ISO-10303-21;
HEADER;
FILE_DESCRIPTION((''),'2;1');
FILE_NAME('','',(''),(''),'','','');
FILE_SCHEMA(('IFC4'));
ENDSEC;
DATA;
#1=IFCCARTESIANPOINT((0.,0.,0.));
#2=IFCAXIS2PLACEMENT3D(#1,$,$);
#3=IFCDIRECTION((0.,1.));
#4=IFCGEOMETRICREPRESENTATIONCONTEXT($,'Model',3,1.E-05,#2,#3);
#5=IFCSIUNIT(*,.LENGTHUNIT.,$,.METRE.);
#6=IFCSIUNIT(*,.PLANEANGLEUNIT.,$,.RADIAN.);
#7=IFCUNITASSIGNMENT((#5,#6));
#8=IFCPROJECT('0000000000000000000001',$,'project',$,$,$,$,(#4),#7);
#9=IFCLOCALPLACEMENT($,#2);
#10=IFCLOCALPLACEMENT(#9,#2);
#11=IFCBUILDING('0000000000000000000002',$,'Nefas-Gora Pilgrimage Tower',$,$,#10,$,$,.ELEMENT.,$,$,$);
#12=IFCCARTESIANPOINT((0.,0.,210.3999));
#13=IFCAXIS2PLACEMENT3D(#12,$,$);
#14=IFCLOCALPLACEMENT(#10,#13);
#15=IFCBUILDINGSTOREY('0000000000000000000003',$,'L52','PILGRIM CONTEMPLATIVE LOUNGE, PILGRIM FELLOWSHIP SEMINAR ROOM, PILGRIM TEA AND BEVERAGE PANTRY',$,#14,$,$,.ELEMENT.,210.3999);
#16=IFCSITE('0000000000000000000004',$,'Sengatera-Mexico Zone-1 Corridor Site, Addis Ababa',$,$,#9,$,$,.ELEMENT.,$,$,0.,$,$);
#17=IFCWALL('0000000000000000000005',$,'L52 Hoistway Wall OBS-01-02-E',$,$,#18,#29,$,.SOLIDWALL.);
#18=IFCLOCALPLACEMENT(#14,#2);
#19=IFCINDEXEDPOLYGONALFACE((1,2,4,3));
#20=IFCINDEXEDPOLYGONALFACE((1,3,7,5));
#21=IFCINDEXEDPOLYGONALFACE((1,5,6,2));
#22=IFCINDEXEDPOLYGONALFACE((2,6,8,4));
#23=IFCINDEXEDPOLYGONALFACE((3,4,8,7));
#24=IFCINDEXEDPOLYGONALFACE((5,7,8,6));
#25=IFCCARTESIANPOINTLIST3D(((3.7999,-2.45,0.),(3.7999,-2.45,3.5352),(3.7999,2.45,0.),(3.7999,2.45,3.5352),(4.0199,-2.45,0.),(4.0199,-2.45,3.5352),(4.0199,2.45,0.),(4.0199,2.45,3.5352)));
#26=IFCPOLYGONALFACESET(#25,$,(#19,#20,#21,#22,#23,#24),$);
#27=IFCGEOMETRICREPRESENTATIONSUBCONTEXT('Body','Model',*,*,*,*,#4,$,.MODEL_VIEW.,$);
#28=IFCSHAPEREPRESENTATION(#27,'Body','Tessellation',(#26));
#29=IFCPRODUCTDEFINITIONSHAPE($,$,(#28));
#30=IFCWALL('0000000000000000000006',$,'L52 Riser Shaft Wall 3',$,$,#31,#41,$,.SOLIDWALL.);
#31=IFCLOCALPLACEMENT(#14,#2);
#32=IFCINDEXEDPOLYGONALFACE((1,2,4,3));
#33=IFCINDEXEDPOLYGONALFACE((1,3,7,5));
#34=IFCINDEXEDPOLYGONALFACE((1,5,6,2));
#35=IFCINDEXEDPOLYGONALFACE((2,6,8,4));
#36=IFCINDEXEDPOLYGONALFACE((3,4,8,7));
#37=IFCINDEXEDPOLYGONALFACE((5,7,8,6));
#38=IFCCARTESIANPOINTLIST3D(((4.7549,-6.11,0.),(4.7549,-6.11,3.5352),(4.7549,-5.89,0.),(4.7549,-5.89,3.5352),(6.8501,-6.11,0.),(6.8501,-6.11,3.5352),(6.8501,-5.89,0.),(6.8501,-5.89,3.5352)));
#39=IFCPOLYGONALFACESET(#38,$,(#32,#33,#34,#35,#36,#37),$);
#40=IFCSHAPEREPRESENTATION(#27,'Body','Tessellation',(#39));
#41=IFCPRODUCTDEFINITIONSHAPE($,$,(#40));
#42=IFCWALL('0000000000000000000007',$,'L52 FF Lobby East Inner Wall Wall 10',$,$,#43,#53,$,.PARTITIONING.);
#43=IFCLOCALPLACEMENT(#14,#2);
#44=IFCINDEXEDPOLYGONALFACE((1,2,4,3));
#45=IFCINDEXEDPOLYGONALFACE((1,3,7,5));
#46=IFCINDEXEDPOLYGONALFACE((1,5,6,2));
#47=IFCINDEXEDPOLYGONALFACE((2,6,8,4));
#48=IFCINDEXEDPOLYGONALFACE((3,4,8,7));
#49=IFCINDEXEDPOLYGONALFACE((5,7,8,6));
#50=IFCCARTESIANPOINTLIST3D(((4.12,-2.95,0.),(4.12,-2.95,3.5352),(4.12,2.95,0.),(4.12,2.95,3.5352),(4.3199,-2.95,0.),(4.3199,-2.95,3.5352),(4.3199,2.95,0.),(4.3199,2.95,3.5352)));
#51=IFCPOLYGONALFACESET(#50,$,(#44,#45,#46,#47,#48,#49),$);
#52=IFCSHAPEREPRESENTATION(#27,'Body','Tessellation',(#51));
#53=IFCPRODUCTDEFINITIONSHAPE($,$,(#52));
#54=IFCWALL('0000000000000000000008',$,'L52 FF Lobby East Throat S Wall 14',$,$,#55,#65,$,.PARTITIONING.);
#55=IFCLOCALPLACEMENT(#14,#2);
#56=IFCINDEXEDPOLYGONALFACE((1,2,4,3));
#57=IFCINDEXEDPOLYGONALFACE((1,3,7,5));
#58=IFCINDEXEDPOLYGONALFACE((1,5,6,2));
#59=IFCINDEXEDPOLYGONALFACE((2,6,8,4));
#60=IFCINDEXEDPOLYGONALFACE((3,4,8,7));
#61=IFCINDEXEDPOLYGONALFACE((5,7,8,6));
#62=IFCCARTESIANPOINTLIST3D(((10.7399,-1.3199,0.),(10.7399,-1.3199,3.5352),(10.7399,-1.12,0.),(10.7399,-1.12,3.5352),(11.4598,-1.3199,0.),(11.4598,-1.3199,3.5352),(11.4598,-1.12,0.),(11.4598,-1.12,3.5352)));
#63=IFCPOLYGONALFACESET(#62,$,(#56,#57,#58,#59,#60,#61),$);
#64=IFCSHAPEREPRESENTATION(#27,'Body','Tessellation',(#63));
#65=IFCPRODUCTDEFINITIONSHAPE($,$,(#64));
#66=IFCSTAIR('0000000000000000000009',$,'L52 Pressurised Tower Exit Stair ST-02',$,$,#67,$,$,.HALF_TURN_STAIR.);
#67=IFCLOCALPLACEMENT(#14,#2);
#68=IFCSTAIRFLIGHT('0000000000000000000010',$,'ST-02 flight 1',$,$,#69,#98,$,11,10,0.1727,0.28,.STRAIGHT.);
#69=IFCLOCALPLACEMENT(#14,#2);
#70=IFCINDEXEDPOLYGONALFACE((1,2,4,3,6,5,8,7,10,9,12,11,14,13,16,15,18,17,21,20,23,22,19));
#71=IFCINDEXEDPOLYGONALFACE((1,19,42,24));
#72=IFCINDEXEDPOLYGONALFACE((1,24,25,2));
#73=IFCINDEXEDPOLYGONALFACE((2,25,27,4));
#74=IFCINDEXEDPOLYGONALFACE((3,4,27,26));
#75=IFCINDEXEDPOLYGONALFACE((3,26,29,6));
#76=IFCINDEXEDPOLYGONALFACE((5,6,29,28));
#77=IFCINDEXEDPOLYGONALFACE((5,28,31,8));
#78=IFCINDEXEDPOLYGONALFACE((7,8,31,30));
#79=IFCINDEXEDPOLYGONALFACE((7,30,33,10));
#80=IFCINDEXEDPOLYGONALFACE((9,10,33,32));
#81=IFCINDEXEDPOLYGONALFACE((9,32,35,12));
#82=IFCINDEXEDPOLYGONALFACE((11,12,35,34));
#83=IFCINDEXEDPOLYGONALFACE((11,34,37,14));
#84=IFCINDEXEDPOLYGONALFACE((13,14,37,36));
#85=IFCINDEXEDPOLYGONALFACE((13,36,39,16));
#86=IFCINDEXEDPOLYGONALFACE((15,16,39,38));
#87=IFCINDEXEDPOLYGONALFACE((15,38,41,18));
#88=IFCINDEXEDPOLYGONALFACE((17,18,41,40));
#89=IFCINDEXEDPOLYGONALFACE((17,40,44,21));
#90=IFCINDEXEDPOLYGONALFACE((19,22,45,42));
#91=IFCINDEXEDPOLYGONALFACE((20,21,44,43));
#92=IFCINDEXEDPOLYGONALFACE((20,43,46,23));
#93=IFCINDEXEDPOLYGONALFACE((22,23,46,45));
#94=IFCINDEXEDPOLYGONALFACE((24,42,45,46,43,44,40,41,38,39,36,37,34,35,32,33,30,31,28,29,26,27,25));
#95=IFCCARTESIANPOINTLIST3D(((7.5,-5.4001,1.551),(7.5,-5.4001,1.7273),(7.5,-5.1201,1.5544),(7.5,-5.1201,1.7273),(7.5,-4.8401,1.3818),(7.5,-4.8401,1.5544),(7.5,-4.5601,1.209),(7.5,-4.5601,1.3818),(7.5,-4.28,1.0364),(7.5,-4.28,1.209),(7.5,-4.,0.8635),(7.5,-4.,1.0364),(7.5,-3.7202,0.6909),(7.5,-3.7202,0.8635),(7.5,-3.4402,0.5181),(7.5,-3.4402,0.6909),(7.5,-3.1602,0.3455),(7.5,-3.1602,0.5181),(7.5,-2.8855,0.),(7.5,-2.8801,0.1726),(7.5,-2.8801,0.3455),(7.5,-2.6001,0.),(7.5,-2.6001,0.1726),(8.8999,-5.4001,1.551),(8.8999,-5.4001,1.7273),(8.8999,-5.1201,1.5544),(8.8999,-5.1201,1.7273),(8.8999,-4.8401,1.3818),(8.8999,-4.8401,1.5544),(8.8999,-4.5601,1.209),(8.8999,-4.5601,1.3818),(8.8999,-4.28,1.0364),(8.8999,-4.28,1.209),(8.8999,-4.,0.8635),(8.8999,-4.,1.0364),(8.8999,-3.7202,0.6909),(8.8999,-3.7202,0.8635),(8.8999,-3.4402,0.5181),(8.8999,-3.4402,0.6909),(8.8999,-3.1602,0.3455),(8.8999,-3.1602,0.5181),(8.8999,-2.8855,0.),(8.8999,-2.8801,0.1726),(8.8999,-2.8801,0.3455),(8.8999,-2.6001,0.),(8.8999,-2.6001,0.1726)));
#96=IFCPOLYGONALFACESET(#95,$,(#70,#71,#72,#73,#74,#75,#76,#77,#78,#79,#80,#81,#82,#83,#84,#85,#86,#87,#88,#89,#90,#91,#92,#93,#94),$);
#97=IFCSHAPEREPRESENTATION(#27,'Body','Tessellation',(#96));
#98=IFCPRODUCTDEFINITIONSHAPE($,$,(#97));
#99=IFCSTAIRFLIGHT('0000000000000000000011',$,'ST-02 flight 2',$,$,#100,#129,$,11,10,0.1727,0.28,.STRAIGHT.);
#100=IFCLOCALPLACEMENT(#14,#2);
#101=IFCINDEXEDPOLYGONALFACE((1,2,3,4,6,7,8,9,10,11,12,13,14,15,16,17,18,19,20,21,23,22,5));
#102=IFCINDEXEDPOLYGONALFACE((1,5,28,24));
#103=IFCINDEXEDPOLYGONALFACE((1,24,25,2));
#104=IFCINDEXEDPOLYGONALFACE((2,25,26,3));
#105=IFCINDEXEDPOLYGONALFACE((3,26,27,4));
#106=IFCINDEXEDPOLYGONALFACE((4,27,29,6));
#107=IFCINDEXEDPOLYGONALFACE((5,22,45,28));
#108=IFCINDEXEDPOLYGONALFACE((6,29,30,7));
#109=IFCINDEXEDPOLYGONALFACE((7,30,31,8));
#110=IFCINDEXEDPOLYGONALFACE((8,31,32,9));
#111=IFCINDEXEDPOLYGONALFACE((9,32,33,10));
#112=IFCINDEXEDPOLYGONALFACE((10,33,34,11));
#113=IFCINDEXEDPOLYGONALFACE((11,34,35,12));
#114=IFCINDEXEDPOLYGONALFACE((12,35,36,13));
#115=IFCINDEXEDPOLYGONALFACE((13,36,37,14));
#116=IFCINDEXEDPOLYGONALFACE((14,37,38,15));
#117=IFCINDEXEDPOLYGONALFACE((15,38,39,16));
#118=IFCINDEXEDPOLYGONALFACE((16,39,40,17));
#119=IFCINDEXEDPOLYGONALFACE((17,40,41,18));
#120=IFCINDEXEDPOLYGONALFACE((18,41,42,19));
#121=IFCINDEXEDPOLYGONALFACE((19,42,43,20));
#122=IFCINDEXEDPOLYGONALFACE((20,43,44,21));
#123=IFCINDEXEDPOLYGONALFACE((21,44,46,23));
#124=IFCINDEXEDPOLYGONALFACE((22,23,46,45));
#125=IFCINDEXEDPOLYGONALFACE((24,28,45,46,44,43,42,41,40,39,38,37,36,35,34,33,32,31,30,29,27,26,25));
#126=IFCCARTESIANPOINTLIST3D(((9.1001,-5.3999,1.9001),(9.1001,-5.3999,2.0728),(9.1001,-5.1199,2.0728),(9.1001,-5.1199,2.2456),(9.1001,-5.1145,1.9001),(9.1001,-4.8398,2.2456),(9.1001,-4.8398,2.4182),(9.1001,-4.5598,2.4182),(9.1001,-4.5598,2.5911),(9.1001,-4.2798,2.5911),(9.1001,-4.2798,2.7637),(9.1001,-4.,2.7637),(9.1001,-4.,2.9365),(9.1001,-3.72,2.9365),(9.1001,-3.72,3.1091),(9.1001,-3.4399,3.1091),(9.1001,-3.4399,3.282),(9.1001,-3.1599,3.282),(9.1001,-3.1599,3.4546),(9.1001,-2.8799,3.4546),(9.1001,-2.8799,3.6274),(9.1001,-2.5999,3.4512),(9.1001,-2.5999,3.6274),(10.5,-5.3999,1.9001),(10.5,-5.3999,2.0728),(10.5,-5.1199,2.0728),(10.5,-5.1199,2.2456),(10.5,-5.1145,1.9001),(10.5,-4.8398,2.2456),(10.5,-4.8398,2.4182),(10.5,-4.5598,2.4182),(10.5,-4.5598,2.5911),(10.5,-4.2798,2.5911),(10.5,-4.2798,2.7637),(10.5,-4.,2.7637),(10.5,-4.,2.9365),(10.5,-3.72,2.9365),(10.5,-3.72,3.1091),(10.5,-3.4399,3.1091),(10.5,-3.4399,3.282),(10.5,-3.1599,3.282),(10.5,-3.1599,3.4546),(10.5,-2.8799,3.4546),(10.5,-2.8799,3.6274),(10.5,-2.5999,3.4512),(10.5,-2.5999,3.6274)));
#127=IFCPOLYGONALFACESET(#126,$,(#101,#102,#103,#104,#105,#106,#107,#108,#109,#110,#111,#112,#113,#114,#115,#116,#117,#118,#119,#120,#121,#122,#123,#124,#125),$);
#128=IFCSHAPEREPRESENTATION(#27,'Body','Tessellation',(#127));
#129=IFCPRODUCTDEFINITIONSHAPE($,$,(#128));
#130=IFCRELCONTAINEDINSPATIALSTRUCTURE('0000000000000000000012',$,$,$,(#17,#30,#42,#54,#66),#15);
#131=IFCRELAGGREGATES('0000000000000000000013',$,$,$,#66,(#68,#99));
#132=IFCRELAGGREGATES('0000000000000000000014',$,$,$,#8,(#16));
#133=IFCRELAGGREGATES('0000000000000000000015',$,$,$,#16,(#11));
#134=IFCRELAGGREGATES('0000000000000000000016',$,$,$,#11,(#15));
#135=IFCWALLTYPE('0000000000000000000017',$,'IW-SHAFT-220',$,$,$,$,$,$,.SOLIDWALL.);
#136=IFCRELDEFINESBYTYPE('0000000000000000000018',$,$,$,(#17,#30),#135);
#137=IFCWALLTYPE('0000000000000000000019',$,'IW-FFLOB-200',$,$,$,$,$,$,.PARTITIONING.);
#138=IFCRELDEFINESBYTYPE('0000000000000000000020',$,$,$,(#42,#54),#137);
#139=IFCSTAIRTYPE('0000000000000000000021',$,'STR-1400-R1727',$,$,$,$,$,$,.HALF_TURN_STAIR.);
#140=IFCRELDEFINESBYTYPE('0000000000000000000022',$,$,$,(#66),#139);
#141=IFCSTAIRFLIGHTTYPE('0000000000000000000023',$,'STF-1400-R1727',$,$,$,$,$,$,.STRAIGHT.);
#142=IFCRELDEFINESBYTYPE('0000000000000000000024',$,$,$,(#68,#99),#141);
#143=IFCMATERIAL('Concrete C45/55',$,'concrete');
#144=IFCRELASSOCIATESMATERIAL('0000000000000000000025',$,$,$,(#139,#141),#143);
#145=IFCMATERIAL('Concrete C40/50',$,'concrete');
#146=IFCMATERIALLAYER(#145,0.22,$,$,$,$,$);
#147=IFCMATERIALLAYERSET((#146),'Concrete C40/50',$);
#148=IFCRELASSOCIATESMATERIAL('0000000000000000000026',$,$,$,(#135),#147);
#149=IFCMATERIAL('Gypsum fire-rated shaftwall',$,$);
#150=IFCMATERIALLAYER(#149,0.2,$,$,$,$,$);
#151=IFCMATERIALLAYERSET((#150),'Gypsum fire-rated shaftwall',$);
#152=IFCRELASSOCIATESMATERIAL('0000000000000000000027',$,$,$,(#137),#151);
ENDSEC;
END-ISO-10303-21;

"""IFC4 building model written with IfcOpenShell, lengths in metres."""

from ifc_helpers import new_model, si_unit, direction, frame, frame_2d, origin, place, context, subcontext, project, spatial, polyline, rectangle, outline, extrude, source, transform, mapped, material, layer, layer_set, type_object, element, aggregate, save


model = new_model("IFC4")

# Units and contexts
model_context = context("Model", 3, precision=1e-05, world=origin(), true_north=direction((0.0, 1.0)))
body_context = subcontext(model_context, "Body", "Model", "MODEL_VIEW")
ifc_project = project(units=[si_unit("LENGTHUNIT", "METRE"), si_unit("PLANEANGLEUNIT", "RADIAN")], contexts=[model_context])

# Site, building, storey
site_placement = place(None, origin())
site = spatial("IfcSite", under=ifc_project, at=site_placement, Name="Sengatera-Mexico Zone-1 Corridor Site, Addis Ababa", CompositionType="ELEMENT", RefElevation=0.0)
building_placement = place(site_placement, origin())
building = spatial("IfcBuilding", under=site, at=building_placement, Name="Nefas-Gora Pilgrimage Tower", CompositionType="ELEMENT")
storey_placement = place(building_placement, frame((0.0, 0.0, 210.3999)))
storey = spatial("IfcBuildingStorey", under=building, at=storey_placement, Name="L52", Description="PILGRIM CONTEMPLATIVE LOUNGE, PILGRIM FELLOWSHIP SEMINAR ROOM, PILGRIM TEA AND BEVERAGE PANTRY", CompositionType="ELEMENT", Elevation=210.3999)

# Shared definitions
ifc_material_1 = material(Name="Concrete C40/50", Category="concrete")

# Shared definitions
ifc_material_2 = material(Name="Concrete C45/55", Category="concrete")
stair_type = type_object("IfcStairType", Name="STR-1400-R1727", PredefinedType="HALF_TURN_STAIR", material=ifc_material_2)

# Shared definitions
ifc_layer_1 = layer(ifc_material_1, 0.22)
ifc_layer_set_1 = layer_set([ifc_layer_1], Name="Concrete C40/50")
wall_type_1 = type_object("IfcWallType", Name="IW-SHAFT-220", PredefinedType="SOLIDWALL", material=ifc_layer_set_1)

# Walls
shared_shape_1 = source(origin(), body_context, "Body", "SweptSolid", [
    extrude(rectangle(XDim=4.8999, YDim=0.22, at=frame_2d((2.45, 0.0))), origin(), (0.0, 0.0, 1.0), 3.5352),
])
wall_1_placement = place(storey_placement, frame((3.9099, -2.45, 0.0), z_axis=(0.0, 0.0, 1.0), x_axis=(0.0, 1.0, 0.0)))
element("IfcWall", 1, at=wall_1_placement, inside=storey, type_object=wall_type_1, Name="L52 Hoistway Wall OBS-01-02-E", PredefinedType="SOLIDWALL", context=body_context, shape_type="MappedRepresentation", body=[
    mapped(shared_shape_1, transform((0.0, 0.0, 0.0), x_axis=(1.0, 0.0, 0.0), y_axis=(0.0, 1.0, 0.0), z_axis=(0.0, 0.0, 1.0), scale=1.0)),
])
shared_shape_2 = source(origin(), body_context, "Body", "SweptSolid", [
    extrude(rectangle(XDim=2.0952, YDim=0.22, at=frame_2d((1.0476, 0.0))), origin(), (0.0, 0.0, 1.0), 3.5352),
])
wall_2_placement = place(storey_placement, frame((4.7549, -6.0, 0.0), z_axis=(0.0, 0.0, 1.0), x_axis=(1.0, 0.0, 0.0)))
element("IfcWall", 2, at=wall_2_placement, inside=storey, type_object=wall_type_1, Name="L52 Riser Shaft Wall 3", PredefinedType="SOLIDWALL", context=body_context, shape_type="MappedRepresentation", body=[
    mapped(shared_shape_2, transform((0.0, 0.0, 0.0), x_axis=(1.0, 0.0, 0.0), y_axis=(0.0, 1.0, 0.0), z_axis=(0.0, 0.0, 1.0), scale=1.0)),
])
ifc_material_3 = material(Name="Gypsum fire-rated shaftwall")
ifc_layer_2 = layer(ifc_material_3, 0.2)
ifc_layer_set_2 = layer_set([ifc_layer_2], Name="Gypsum fire-rated shaftwall")
wall_type_2 = type_object("IfcWallType", Name="IW-FFLOB-200", PredefinedType="PARTITIONING", material=ifc_layer_set_2)
shared_shape_3 = source(origin(), body_context, "Body", "SweptSolid", [
    extrude(rectangle(XDim=5.8999, YDim=0.2, at=frame_2d((2.95, 0.0))), origin(), (0.0, 0.0, 1.0), 3.5352),
])
wall_3_placement = place(storey_placement, frame((4.22, -2.95, 0.0), z_axis=(0.0, 0.0, 1.0), x_axis=(0.0, 1.0, 0.0)))
element("IfcWall", 3, at=wall_3_placement, inside=storey, type_object=wall_type_2, Name="L52 FF Lobby East Inner Wall Wall 10", PredefinedType="PARTITIONING", context=body_context, shape_type="MappedRepresentation", body=[
    mapped(shared_shape_3, transform((0.0, 0.0, 0.0), x_axis=(1.0, 0.0, 0.0), y_axis=(0.0, 1.0, 0.0), z_axis=(0.0, 0.0, 1.0), scale=1.0)),
])
shared_shape_4 = source(origin(), body_context, "Body", "SweptSolid", [
    extrude(rectangle(XDim=0.72, YDim=0.2, at=frame_2d((0.3599, 0.0))), origin(), (0.0, 0.0, 1.0), 3.5352),
])
wall_4_placement = place(storey_placement, frame((10.74, -1.22, 0.0), z_axis=(0.0, 0.0, 1.0), x_axis=(1.0, 0.0, 0.0)))
element("IfcWall", 4, at=wall_4_placement, inside=storey, type_object=wall_type_2, Name="L52 FF Lobby East Throat S Wall 14", PredefinedType="PARTITIONING", context=body_context, shape_type="MappedRepresentation", body=[
    mapped(shared_shape_4, transform((0.0, 0.0, 0.0), x_axis=(1.0, 0.0, 0.0), y_axis=(0.0, 1.0, 0.0), z_axis=(0.0, 0.0, 1.0), scale=1.0)),
])

# Stair, stair flights
stair_1_placement = place(storey_placement, origin())
stair_1 = element("IfcStair", 5, at=stair_1_placement, inside=storey, type_object=stair_type, Name="L52 Pressurised Tower Exit Stair ST-02", PredefinedType="HALF_TURN_STAIR")
stair_flight_type = type_object("IfcStairFlightType", Name="STF-1400-R1727", PredefinedType="STRAIGHT", material=ifc_material_2)
shared_shape_5 = source(origin(), body_context, "Body", "SweptSolid", [
    extrude(outline(polyline([(0.0, 0.0), (0.0, 0.1726), (0.28, 0.1726), (0.28, 0.3455), (0.5601, 0.3455), (0.5601, 0.5181), (0.8401, 0.5181), (0.8401, 0.6909), (1.1201, 0.6909), (1.1201, 0.8635), (1.3999, 0.8635), (1.3999, 1.0364), (1.6799, 1.0364), (1.6799, 1.209), (1.96, 1.209), (1.96, 1.3818), (2.24, 1.3818), (2.24, 1.5544), (2.52, 1.5544), (2.52, 1.7273), (2.8, 1.7273), (2.8, 1.8999), (2.8, 1.551), (0.2854, 0.0), (0.0, 0.0)])), frame((0.0, 0.7, 0.0), z_axis=(0.0, -1.0, 0.0), x_axis=(1.0, 0.0, 0.0)), (0.0, 0.0, 1.0), 1.3999),
])
stair_flight_1_placement = place(storey_placement, frame((8.2, -2.6001, 0.0), z_axis=(0.0, 0.0, 1.0), x_axis=(0.0, -1.0, 0.0)))
stair_flight_1 = element("IfcStairFlight", 6, at=stair_flight_1_placement, type_object=stair_flight_type, Name="ST-02 flight 1", NumberOfRisers=11, NumberOfTreads=10, PredefinedType="STRAIGHT", RiserHeight=0.1727, TreadLength=0.28, context=body_context, shape_type="MappedRepresentation", body=[
    mapped(shared_shape_5, transform((0.0, 0.0, 0.0), x_axis=(1.0, 0.0, 0.0), y_axis=(0.0, 1.0, 0.0), z_axis=(0.0, 0.0, 1.0), scale=1.0)),
])
stair_flight_2_placement = place(storey_placement, frame((9.8, -5.3999, 1.9001), z_axis=(0.0, 0.0, 1.0), x_axis=(0.0, 1.0, 0.0)))
stair_flight_2 = element("IfcStairFlight", 7, at=stair_flight_2_placement, type_object=stair_flight_type, Name="ST-02 flight 2", NumberOfRisers=11, NumberOfTreads=10, PredefinedType="STRAIGHT", RiserHeight=0.1727, TreadLength=0.28, context=body_context, shape_type="MappedRepresentation", body=[
    mapped(shared_shape_5, transform((0.0, 0.0, 0.0), x_axis=(1.0, 0.0, 0.0), y_axis=(0.0, 1.0, 0.0), z_axis=(0.0, 0.0, 1.0), scale=1.0)),
])
aggregate(stair_1, [stair_flight_1, stair_flight_2])

save(model, "model.ifc")
